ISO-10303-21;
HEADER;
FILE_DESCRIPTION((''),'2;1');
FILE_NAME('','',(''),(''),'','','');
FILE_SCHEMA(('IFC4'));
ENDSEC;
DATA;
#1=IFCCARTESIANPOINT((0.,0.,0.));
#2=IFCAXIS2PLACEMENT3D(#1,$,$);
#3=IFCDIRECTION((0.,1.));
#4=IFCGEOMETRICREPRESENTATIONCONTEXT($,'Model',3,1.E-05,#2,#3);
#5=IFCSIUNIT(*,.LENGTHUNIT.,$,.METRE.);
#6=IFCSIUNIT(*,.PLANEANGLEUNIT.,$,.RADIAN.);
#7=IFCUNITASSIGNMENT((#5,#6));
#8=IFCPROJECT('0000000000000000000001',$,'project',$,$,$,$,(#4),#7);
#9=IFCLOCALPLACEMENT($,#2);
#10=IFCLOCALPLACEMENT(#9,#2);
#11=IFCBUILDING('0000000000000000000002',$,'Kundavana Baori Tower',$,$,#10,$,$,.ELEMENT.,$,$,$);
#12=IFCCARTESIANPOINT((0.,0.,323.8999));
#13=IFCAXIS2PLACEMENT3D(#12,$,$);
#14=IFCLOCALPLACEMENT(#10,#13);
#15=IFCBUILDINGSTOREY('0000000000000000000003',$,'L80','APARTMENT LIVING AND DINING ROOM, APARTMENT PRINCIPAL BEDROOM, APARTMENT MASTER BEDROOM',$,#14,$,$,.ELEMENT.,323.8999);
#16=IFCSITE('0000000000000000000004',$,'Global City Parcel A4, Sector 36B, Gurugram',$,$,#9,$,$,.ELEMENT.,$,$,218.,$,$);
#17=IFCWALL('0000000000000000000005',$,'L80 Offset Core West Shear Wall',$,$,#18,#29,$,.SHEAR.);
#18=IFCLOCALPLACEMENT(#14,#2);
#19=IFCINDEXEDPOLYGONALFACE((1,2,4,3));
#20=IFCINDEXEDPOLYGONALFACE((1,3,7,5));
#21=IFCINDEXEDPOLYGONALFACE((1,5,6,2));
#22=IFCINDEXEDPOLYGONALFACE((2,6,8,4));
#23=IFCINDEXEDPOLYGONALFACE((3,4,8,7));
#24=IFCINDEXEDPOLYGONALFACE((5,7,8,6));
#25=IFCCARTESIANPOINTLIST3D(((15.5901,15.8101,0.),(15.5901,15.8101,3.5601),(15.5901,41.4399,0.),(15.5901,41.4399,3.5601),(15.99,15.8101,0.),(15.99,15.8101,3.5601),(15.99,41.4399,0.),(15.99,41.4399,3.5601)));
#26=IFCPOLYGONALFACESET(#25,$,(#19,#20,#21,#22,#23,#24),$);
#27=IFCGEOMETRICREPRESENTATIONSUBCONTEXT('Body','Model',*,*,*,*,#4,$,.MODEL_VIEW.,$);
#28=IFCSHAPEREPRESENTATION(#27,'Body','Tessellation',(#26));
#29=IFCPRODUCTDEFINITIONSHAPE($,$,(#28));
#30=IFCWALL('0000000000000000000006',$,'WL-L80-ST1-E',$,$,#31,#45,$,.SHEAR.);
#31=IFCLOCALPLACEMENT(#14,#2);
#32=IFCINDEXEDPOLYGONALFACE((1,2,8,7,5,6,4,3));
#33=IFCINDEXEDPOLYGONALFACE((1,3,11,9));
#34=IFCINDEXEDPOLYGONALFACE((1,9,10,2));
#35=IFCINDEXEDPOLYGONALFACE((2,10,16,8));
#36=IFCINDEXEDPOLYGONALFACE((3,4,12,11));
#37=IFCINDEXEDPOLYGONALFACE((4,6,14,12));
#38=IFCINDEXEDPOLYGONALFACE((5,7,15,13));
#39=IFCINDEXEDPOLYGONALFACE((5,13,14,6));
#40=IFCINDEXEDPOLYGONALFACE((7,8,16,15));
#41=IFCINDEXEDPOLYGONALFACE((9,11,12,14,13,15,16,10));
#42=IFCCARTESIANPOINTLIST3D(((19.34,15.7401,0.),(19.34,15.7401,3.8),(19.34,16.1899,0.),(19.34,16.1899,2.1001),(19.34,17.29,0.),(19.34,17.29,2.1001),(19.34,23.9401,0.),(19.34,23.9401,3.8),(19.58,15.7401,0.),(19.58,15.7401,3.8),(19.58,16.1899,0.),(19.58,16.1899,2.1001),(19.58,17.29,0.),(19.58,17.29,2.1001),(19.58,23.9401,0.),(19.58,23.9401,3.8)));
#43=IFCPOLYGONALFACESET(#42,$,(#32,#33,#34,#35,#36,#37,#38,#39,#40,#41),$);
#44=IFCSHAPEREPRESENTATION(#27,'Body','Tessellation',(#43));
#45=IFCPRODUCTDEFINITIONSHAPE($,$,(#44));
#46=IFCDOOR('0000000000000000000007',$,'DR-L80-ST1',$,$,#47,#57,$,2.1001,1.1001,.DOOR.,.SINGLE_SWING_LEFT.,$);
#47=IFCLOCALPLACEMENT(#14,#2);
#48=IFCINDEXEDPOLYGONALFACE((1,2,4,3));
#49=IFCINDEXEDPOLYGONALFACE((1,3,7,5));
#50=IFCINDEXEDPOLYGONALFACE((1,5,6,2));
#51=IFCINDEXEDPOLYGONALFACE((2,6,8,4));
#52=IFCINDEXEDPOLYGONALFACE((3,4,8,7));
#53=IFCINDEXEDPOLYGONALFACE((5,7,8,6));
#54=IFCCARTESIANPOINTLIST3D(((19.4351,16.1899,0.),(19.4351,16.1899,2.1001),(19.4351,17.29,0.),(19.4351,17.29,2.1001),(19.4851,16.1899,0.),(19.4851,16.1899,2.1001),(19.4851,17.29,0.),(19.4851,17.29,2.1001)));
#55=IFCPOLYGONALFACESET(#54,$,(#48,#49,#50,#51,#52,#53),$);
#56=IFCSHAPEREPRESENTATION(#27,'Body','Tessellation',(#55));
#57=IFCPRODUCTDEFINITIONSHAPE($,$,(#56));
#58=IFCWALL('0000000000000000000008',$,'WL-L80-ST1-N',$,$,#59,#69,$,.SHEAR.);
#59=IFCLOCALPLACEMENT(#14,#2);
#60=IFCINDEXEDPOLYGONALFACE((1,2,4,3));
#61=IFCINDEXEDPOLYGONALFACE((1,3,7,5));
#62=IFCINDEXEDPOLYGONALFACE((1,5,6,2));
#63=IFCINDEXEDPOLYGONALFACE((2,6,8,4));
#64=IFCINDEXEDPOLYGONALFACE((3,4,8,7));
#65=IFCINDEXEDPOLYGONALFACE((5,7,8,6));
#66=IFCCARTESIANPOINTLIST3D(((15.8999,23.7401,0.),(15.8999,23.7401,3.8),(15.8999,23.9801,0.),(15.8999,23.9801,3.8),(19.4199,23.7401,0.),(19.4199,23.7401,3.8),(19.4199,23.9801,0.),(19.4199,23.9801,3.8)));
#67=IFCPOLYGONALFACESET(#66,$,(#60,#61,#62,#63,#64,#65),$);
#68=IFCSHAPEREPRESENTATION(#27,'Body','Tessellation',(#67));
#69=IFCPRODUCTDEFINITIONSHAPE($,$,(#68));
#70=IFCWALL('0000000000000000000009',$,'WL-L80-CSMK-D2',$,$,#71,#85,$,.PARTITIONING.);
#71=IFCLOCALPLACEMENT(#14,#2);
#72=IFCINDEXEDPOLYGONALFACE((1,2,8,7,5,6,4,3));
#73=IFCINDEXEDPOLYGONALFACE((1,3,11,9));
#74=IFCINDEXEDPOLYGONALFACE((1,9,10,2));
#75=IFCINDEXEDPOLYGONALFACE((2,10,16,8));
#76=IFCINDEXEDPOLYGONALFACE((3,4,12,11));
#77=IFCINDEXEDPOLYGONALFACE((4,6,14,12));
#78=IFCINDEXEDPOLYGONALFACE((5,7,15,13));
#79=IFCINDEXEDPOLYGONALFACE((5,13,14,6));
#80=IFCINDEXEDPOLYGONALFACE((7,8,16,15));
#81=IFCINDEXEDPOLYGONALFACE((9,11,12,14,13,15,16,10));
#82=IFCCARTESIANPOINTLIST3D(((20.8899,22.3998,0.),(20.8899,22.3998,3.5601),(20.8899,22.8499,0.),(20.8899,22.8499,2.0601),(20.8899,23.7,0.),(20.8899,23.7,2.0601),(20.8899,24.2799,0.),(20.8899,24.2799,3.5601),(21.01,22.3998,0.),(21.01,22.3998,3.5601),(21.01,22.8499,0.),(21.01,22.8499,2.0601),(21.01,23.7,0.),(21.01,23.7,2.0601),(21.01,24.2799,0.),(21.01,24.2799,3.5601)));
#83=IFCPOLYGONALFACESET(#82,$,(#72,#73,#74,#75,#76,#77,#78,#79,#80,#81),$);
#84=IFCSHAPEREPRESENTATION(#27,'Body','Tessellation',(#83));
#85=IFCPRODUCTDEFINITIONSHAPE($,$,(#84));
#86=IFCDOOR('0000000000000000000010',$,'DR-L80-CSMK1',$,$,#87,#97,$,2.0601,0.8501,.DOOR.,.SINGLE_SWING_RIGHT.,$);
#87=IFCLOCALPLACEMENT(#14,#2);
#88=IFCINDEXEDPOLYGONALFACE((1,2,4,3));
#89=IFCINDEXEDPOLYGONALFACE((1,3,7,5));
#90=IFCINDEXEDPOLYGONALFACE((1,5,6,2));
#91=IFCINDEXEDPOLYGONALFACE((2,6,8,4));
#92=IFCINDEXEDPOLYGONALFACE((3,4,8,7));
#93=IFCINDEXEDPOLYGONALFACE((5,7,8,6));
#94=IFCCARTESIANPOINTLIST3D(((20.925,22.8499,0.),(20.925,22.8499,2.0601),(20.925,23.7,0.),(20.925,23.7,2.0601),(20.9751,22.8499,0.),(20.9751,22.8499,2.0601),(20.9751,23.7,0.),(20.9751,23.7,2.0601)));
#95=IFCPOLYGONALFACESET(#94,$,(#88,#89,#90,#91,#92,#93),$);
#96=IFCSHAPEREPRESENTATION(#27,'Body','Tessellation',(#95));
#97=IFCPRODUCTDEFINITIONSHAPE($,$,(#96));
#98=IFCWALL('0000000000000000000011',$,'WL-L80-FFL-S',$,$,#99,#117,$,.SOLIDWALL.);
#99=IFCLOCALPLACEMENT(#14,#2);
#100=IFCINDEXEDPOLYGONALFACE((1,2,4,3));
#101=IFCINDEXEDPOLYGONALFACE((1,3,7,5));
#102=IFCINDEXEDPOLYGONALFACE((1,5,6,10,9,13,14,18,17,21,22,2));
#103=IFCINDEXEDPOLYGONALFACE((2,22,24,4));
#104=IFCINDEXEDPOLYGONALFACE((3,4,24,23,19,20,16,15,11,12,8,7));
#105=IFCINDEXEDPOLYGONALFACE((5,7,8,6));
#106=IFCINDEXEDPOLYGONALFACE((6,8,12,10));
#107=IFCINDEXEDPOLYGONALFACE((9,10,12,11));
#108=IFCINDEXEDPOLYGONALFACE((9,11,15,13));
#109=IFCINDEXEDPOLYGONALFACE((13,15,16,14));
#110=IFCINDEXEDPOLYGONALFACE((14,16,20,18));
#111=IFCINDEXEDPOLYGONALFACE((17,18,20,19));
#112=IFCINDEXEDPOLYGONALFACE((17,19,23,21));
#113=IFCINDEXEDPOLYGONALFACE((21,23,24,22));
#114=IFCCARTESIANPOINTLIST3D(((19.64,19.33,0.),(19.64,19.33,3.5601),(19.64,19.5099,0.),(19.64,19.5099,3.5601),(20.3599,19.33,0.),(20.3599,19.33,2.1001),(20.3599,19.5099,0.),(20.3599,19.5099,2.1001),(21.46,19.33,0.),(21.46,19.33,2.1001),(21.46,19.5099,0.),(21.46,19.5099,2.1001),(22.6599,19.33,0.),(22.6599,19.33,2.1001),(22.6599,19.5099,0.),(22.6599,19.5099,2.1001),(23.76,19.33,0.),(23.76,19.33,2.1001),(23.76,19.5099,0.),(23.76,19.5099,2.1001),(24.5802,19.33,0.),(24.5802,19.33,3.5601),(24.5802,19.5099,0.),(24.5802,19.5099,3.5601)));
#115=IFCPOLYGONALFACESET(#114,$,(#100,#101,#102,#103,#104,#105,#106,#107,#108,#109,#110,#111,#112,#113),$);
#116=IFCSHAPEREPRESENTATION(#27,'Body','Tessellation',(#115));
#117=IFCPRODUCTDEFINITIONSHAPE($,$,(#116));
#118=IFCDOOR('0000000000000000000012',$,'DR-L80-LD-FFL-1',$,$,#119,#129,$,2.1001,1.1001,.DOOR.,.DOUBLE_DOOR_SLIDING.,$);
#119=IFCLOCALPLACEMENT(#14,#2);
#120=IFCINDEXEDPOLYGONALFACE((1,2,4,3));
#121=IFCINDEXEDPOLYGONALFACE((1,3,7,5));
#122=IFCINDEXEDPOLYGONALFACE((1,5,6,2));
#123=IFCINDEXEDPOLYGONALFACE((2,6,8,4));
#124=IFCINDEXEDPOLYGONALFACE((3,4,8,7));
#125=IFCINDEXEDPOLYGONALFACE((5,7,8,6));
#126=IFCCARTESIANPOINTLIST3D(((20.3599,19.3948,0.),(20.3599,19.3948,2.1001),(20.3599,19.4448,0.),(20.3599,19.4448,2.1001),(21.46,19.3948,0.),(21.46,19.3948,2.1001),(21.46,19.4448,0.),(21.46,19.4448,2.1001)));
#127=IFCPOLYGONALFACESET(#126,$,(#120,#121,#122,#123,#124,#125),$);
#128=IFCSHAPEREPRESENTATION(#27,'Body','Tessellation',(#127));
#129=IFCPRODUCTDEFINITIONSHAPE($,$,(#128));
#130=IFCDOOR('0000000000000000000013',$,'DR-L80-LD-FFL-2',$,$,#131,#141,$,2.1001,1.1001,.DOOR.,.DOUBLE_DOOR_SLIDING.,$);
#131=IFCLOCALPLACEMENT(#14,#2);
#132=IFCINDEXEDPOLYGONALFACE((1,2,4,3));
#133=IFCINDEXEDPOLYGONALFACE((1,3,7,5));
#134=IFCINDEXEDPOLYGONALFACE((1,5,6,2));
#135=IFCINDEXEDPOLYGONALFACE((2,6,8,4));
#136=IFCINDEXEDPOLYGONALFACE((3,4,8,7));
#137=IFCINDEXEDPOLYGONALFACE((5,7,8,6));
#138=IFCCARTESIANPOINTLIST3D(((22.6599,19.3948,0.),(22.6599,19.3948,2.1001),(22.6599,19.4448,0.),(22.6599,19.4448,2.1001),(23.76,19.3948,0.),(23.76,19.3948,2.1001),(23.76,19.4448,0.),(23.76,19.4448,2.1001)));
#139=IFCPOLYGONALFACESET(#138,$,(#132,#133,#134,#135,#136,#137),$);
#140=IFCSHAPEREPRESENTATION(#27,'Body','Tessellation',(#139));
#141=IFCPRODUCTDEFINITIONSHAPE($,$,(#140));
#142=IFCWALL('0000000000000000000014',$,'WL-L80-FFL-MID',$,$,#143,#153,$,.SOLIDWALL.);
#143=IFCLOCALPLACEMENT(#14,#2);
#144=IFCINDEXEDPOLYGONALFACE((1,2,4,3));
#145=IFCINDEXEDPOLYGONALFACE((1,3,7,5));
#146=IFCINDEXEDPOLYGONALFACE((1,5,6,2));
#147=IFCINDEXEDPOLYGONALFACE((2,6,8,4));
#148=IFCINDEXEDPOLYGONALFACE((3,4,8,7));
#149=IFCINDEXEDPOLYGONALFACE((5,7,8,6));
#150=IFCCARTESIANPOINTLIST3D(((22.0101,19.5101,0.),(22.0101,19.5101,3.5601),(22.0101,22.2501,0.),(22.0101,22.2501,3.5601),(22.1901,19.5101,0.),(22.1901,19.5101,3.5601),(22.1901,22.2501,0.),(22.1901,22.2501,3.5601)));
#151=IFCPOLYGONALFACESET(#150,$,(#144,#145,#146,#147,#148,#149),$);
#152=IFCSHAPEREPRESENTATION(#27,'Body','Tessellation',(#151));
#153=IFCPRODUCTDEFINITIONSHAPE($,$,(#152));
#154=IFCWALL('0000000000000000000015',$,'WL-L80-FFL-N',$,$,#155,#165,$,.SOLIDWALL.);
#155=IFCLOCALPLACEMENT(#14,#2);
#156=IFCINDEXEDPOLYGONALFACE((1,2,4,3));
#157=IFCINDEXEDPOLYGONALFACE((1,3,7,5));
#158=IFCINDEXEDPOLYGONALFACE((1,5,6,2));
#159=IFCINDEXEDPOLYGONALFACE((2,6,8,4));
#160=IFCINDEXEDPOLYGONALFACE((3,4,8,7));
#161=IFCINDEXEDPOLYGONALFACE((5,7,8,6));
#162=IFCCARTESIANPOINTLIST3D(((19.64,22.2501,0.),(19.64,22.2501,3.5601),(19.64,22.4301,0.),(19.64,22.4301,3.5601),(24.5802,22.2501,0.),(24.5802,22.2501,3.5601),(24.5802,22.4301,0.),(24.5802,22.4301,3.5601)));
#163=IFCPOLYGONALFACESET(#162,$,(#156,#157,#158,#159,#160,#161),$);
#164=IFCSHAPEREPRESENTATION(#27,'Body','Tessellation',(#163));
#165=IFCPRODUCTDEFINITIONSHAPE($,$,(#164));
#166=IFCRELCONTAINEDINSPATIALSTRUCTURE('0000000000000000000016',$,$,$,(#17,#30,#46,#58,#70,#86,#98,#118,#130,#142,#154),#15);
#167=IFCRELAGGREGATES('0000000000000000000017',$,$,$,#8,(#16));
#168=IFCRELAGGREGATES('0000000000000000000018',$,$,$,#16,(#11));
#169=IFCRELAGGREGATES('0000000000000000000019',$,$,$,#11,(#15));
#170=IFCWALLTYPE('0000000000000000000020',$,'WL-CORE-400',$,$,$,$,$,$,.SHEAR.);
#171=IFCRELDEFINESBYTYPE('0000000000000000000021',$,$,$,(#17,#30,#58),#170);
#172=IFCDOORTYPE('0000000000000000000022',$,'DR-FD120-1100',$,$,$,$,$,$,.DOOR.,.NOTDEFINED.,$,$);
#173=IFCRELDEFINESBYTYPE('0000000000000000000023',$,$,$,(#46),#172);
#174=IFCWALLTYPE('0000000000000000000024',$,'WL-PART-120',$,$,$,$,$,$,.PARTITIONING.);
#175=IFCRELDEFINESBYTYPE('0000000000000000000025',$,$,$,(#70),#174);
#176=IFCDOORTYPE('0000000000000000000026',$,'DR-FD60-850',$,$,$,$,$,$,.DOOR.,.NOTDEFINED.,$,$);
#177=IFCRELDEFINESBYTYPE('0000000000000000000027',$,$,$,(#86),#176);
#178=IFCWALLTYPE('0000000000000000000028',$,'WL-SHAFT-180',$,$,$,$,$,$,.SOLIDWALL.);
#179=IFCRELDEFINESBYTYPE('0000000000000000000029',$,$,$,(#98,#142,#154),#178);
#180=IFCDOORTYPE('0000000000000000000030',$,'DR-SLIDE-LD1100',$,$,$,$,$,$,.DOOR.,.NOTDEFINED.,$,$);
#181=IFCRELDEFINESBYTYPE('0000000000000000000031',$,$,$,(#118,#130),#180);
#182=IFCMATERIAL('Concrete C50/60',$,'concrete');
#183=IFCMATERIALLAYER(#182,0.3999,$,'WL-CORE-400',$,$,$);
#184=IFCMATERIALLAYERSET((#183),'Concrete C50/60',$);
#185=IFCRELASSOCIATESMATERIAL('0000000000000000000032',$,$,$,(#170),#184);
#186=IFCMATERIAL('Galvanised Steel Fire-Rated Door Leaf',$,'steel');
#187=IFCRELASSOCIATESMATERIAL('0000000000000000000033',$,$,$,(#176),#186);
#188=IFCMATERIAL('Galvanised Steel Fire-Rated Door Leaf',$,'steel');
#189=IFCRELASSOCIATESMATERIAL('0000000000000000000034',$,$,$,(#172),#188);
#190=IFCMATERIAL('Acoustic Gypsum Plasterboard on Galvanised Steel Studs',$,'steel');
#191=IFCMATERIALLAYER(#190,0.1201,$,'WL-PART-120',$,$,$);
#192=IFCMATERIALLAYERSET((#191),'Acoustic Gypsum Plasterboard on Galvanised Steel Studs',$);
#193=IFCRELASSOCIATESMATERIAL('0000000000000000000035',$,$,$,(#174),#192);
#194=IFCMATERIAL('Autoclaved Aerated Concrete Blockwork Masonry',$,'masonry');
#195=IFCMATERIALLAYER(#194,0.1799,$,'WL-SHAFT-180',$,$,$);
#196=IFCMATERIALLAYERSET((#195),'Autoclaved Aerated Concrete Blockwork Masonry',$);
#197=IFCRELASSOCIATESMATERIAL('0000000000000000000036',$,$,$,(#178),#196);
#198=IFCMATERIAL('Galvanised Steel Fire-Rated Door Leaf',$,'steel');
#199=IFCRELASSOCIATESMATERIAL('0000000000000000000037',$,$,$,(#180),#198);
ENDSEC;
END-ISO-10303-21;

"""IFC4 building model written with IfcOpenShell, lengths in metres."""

from ifc_helpers import new_model, si_unit, direction, frame, frame_2d, origin, place, context, subcontext, project, spatial, rectangle, extrude, material, layer, layer_set, type_object, element, fill, save


model = new_model("IFC4")

# Units and contexts
model_context = context("Model", 3, precision=1e-05, world=origin(), true_north=direction((0.0, 1.0)))
body_context = subcontext(model_context, "Body", "Model", "MODEL_VIEW")
ifc_project = project(units=[si_unit("LENGTHUNIT", "METRE"), si_unit("PLANEANGLEUNIT", "RADIAN")], contexts=[model_context])

# Site, building, storey
site_placement = place(None, origin())
site = spatial("IfcSite", under=ifc_project, at=site_placement, Name="Global City Parcel A4, Sector 36B, Gurugram", CompositionType="ELEMENT", RefElevation=218.0)
building_placement = place(site_placement, origin())
building = spatial("IfcBuilding", under=site, at=building_placement, Name="Kundavana Baori Tower", CompositionType="ELEMENT")
storey_placement = place(building_placement, frame((0.0, 0.0, 323.8999)))
storey = spatial("IfcBuildingStorey", under=building, at=storey_placement, Name="L80", Description="APARTMENT LIVING AND DINING ROOM, APARTMENT PRINCIPAL BEDROOM, APARTMENT MASTER BEDROOM", CompositionType="ELEMENT", Elevation=323.8999)

# Wall
ifc_material_1 = material(Name="Concrete C50/60", Category="concrete")
ifc_layer_1 = layer(ifc_material_1, 0.3999, Name="WL-CORE-400")
ifc_layer_set_1 = layer_set([ifc_layer_1], Name="Concrete C50/60")
wall_type_1 = type_object("IfcWallType", Name="WL-CORE-400", PredefinedType="SHEAR", material=ifc_layer_set_1)
wall_1_placement = place(storey_placement, frame((15.79, 15.8101, 0.0), z_axis=(0.0, 0.0, 1.0), x_axis=(0.0, 1.0, 0.0)))
element("IfcWall", 1, at=wall_1_placement, inside=storey, type_object=wall_type_1, Name="L80 Offset Core West Shear Wall", PredefinedType="SHEAR", context=body_context, shape_type="SweptSolid", body=[
    extrude(rectangle(XDim=25.6299, YDim=0.3999, at=frame_2d((12.8149, 0.0))), origin(), (0.0, 0.0, 1.0), 3.5601),
])

# Shared definitions
ifc_material_2 = material(Name="Galvanised Steel Fire-Rated Door Leaf", Category="steel")
door_type_1 = type_object("IfcDoorType", Name="DR-FD60-850", OperationType="NOTDEFINED", PredefinedType="DOOR", material=ifc_material_2)

# Wall, opening, door
wall_2_placement = place(storey_placement, frame((19.46, 15.74, 0.0), z_axis=(0.0, 0.0, 1.0), x_axis=(0.0, 1.0, 0.0)))
wall_2 = element("IfcWall", 2, at=wall_2_placement, inside=storey, type_object=wall_type_1, Name="WL-L80-ST1-E", PredefinedType="SHEAR", context=body_context, shape_type="SweptSolid", body=[
    extrude(rectangle(XDim=8.2, YDim=0.24, at=frame_2d((4.1001, 0.0))), origin(), (0.0, 0.0, 1.0), 3.8),
])
opening_1_placement = place(wall_2_placement, frame((0.45, 0.0, 0.0)))
opening_1 = element("IfcOpeningElement", 3, at=opening_1_placement, cuts=wall_2, PredefinedType="OPENING", context=body_context, shape_type="SweptSolid", body=[
    extrude(rectangle(XDim=1.1001, YDim=2.1001, at=frame_2d((0.55, 1.05))), frame((0.0, 0.1299, 0.0), z_axis=(0.0, -1.0, 0.0), x_axis=(1.0, 0.0, 0.0)), (0.0, 0.0, 1.0), 0.26),
])
ifc_material_3 = material(Name="Galvanised Steel Fire-Rated Door Leaf", Category="steel")
door_type_2 = type_object("IfcDoorType", Name="DR-FD120-1100", OperationType="NOTDEFINED", PredefinedType="DOOR", material=ifc_material_3)
door_1_placement = place(opening_1_placement, origin())
door_1 = element("IfcDoor", 4, at=door_1_placement, inside=storey, type_object=door_type_2, Name="DR-L80-ST1", OperationType="SINGLE_SWING_LEFT", OverallHeight=2.1001, OverallWidth=1.1001, PredefinedType="DOOR", context=body_context, shape_type="SweptSolid", body=[
    extrude(rectangle(XDim=1.1001, YDim=2.1001, at=frame_2d((0.55, 1.05))), frame((0.0, 0.0249, 0.0), z_axis=(0.0, -1.0, 0.0), x_axis=(1.0, 0.0, 0.0)), (0.0, 0.0, 1.0), 0.05),
])
fill(opening_1, door_1)

# Wall
wall_3_placement = place(storey_placement, frame((15.8999, 23.8601, 0.0), z_axis=(0.0, 0.0, 1.0), x_axis=(1.0, 0.0, 0.0)))
element("IfcWall", 5, at=wall_3_placement, inside=storey, type_object=wall_type_1, Name="WL-L80-ST1-N", PredefinedType="SHEAR", context=body_context, shape_type="SweptSolid", body=[
    extrude(rectangle(XDim=3.52, YDim=0.24, at=frame_2d((1.76, 0.0))), origin(), (0.0, 0.0, 1.0), 3.8),
])

# Wall, opening, door
ifc_material_4 = material(Name="Acoustic Gypsum Plasterboard on Galvanised Steel Studs", Category="steel")
ifc_layer_2 = layer(ifc_material_4, 0.1201, Name="WL-PART-120")
ifc_layer_set_2 = layer_set([ifc_layer_2], Name="Acoustic Gypsum Plasterboard on Galvanised Steel Studs")
wall_type_2 = type_object("IfcWallType", Name="WL-PART-120", PredefinedType="PARTITIONING", material=ifc_layer_set_2)
wall_4_placement = place(storey_placement, frame((20.95, 22.3999, 0.0), z_axis=(0.0, 0.0, 1.0), x_axis=(0.0, 1.0, 0.0)))
wall_4 = element("IfcWall", 6, at=wall_4_placement, inside=storey, type_object=wall_type_2, Name="WL-L80-CSMK-D2", PredefinedType="PARTITIONING", context=body_context, shape_type="SweptSolid", body=[
    extrude(rectangle(XDim=1.8801, YDim=0.1201, at=frame_2d((0.9399, 0.0))), origin(), (0.0, 0.0, 1.0), 3.5601),
])
opening_2_placement = place(wall_4_placement, frame((0.45, 0.0, 0.0)))
opening_2 = element("IfcOpeningElement", 7, at=opening_2_placement, cuts=wall_4, PredefinedType="OPENING", context=body_context, shape_type="SweptSolid", body=[
    extrude(rectangle(XDim=0.8501, YDim=2.0601, at=frame_2d((0.425, 1.03))), frame((0.0, 0.0701, 0.0), z_axis=(0.0, -1.0, 0.0), x_axis=(1.0, 0.0, 0.0)), (0.0, 0.0, 1.0), 0.1401),
])
door_2_placement = place(opening_2_placement, origin())
door_2 = element("IfcDoor", 8, at=door_2_placement, inside=storey, type_object=door_type_1, Name="DR-L80-CSMK1", OperationType="SINGLE_SWING_RIGHT", OverallHeight=2.0601, OverallWidth=0.8501, PredefinedType="DOOR", context=body_context, shape_type="SweptSolid", body=[
    extrude(rectangle(XDim=0.8501, YDim=2.0601, at=frame_2d((0.425, 1.03))), frame((0.0, 0.0249, 0.0), z_axis=(0.0, -1.0, 0.0), x_axis=(1.0, 0.0, 0.0)), (0.0, 0.0, 1.0), 0.05),
])
fill(opening_2, door_2)

# Wall, openings, doors
ifc_material_5 = material(Name="Autoclaved Aerated Concrete Blockwork Masonry", Category="masonry")
ifc_layer_3 = layer(ifc_material_5, 0.1799, Name="WL-SHAFT-180")
ifc_layer_set_3 = layer_set([ifc_layer_3], Name="Autoclaved Aerated Concrete Blockwork Masonry")
wall_type_3 = type_object("IfcWallType", Name="WL-SHAFT-180", PredefinedType="SOLIDWALL", material=ifc_layer_set_3)
wall_5_placement = place(storey_placement, frame((19.6399, 19.4199, 0.0), z_axis=(0.0, 0.0, 1.0), x_axis=(1.0, 0.0, 0.0)))
wall_5 = element("IfcWall", 9, at=wall_5_placement, inside=storey, type_object=wall_type_3, Name="WL-L80-FFL-S", PredefinedType="SOLIDWALL", context=body_context, shape_type="SweptSolid", body=[
    extrude(rectangle(XDim=4.9402, YDim=0.1799, at=frame_2d((2.4702, 0.0))), origin(), (0.0, 0.0, 1.0), 3.5601),
])
opening_3_placement = place(wall_5_placement, frame((0.72, 0.0, 0.0)))
opening_3 = element("IfcOpeningElement", 10, at=opening_3_placement, cuts=wall_5, PredefinedType="OPENING", context=body_context, shape_type="SweptSolid", body=[
    extrude(rectangle(XDim=1.1001, YDim=2.1001, at=frame_2d((0.55, 1.05))), frame((0.0, 0.1001, 0.0), z_axis=(0.0, -1.0, 0.0), x_axis=(1.0, 0.0, 0.0)), (0.0, 0.0, 1.0), 0.2),
])
opening_4_placement = place(wall_5_placement, frame((3.02, 0.0, 0.0)))
opening_4 = element("IfcOpeningElement", 11, at=opening_4_placement, cuts=wall_5, PredefinedType="OPENING", context=body_context, shape_type="SweptSolid", body=[
    extrude(rectangle(XDim=1.1001, YDim=2.1001, at=frame_2d((0.55, 1.05))), frame((0.0, 0.1001, 0.0), z_axis=(0.0, -1.0, 0.0), x_axis=(1.0, 0.0, 0.0)), (0.0, 0.0, 1.0), 0.2),
])
ifc_material_6 = material(Name="Galvanised Steel Fire-Rated Door Leaf", Category="steel")
door_type_3 = type_object("IfcDoorType", Name="DR-SLIDE-LD1100", OperationType="NOTDEFINED", PredefinedType="DOOR", material=ifc_material_6)
door_3_placement = place(opening_3_placement, origin())
door_3 = element("IfcDoor", 12, at=door_3_placement, inside=storey, type_object=door_type_3, Name="DR-L80-LD-FFL-1", OperationType="DOUBLE_DOOR_SLIDING", OverallHeight=2.1001, OverallWidth=1.1001, PredefinedType="DOOR", context=body_context, shape_type="SweptSolid", body=[
    extrude(rectangle(XDim=1.1001, YDim=2.1001, at=frame_2d((0.55, 1.05))), frame((0.0, 0.0249, 0.0), z_axis=(0.0, -1.0, 0.0), x_axis=(1.0, 0.0, 0.0)), (0.0, 0.0, 1.0), 0.05),
])
fill(opening_3, door_3)
door_4_placement = place(opening_4_placement, origin())
door_4 = element("IfcDoor", 13, at=door_4_placement, inside=storey, type_object=door_type_3, Name="DR-L80-LD-FFL-2", OperationType="DOUBLE_DOOR_SLIDING", OverallHeight=2.1001, OverallWidth=1.1001, PredefinedType="DOOR", context=body_context, shape_type="SweptSolid", body=[
    extrude(rectangle(XDim=1.1001, YDim=2.1001, at=frame_2d((0.55, 1.05))), frame((0.0, 0.0249, 0.0), z_axis=(0.0, -1.0, 0.0), x_axis=(1.0, 0.0, 0.0)), (0.0, 0.0, 1.0), 0.05),
])
fill(opening_4, door_4)

# Walls
wall_6_placement = place(storey_placement, frame((22.1001, 19.51, 0.0), z_axis=(0.0, 0.0, 1.0), x_axis=(0.0, 1.0, 0.0)))
element("IfcWall", 14, at=wall_6_placement, inside=storey, type_object=wall_type_3, Name="WL-L80-FFL-MID", PredefinedType="SOLIDWALL", context=body_context, shape_type="SweptSolid", body=[
    extrude(rectangle(XDim=2.74, YDim=0.1799, at=frame_2d((1.3701, 0.0))), origin(), (0.0, 0.0, 1.0), 3.5601),
])
wall_7_placement = place(storey_placement, frame((19.6399, 22.3401, 0.0), z_axis=(0.0, 0.0, 1.0), x_axis=(1.0, 0.0, 0.0)))
element("IfcWall", 15, at=wall_7_placement, inside=storey, type_object=wall_type_3, Name="WL-L80-FFL-N", PredefinedType="SOLIDWALL", context=body_context, shape_type="SweptSolid", body=[
    extrude(rectangle(XDim=4.9402, YDim=0.1799, at=frame_2d((2.4702, 0.0))), origin(), (0.0, 0.0, 1.0), 3.5601),
])

save(model, "model.ifc")
